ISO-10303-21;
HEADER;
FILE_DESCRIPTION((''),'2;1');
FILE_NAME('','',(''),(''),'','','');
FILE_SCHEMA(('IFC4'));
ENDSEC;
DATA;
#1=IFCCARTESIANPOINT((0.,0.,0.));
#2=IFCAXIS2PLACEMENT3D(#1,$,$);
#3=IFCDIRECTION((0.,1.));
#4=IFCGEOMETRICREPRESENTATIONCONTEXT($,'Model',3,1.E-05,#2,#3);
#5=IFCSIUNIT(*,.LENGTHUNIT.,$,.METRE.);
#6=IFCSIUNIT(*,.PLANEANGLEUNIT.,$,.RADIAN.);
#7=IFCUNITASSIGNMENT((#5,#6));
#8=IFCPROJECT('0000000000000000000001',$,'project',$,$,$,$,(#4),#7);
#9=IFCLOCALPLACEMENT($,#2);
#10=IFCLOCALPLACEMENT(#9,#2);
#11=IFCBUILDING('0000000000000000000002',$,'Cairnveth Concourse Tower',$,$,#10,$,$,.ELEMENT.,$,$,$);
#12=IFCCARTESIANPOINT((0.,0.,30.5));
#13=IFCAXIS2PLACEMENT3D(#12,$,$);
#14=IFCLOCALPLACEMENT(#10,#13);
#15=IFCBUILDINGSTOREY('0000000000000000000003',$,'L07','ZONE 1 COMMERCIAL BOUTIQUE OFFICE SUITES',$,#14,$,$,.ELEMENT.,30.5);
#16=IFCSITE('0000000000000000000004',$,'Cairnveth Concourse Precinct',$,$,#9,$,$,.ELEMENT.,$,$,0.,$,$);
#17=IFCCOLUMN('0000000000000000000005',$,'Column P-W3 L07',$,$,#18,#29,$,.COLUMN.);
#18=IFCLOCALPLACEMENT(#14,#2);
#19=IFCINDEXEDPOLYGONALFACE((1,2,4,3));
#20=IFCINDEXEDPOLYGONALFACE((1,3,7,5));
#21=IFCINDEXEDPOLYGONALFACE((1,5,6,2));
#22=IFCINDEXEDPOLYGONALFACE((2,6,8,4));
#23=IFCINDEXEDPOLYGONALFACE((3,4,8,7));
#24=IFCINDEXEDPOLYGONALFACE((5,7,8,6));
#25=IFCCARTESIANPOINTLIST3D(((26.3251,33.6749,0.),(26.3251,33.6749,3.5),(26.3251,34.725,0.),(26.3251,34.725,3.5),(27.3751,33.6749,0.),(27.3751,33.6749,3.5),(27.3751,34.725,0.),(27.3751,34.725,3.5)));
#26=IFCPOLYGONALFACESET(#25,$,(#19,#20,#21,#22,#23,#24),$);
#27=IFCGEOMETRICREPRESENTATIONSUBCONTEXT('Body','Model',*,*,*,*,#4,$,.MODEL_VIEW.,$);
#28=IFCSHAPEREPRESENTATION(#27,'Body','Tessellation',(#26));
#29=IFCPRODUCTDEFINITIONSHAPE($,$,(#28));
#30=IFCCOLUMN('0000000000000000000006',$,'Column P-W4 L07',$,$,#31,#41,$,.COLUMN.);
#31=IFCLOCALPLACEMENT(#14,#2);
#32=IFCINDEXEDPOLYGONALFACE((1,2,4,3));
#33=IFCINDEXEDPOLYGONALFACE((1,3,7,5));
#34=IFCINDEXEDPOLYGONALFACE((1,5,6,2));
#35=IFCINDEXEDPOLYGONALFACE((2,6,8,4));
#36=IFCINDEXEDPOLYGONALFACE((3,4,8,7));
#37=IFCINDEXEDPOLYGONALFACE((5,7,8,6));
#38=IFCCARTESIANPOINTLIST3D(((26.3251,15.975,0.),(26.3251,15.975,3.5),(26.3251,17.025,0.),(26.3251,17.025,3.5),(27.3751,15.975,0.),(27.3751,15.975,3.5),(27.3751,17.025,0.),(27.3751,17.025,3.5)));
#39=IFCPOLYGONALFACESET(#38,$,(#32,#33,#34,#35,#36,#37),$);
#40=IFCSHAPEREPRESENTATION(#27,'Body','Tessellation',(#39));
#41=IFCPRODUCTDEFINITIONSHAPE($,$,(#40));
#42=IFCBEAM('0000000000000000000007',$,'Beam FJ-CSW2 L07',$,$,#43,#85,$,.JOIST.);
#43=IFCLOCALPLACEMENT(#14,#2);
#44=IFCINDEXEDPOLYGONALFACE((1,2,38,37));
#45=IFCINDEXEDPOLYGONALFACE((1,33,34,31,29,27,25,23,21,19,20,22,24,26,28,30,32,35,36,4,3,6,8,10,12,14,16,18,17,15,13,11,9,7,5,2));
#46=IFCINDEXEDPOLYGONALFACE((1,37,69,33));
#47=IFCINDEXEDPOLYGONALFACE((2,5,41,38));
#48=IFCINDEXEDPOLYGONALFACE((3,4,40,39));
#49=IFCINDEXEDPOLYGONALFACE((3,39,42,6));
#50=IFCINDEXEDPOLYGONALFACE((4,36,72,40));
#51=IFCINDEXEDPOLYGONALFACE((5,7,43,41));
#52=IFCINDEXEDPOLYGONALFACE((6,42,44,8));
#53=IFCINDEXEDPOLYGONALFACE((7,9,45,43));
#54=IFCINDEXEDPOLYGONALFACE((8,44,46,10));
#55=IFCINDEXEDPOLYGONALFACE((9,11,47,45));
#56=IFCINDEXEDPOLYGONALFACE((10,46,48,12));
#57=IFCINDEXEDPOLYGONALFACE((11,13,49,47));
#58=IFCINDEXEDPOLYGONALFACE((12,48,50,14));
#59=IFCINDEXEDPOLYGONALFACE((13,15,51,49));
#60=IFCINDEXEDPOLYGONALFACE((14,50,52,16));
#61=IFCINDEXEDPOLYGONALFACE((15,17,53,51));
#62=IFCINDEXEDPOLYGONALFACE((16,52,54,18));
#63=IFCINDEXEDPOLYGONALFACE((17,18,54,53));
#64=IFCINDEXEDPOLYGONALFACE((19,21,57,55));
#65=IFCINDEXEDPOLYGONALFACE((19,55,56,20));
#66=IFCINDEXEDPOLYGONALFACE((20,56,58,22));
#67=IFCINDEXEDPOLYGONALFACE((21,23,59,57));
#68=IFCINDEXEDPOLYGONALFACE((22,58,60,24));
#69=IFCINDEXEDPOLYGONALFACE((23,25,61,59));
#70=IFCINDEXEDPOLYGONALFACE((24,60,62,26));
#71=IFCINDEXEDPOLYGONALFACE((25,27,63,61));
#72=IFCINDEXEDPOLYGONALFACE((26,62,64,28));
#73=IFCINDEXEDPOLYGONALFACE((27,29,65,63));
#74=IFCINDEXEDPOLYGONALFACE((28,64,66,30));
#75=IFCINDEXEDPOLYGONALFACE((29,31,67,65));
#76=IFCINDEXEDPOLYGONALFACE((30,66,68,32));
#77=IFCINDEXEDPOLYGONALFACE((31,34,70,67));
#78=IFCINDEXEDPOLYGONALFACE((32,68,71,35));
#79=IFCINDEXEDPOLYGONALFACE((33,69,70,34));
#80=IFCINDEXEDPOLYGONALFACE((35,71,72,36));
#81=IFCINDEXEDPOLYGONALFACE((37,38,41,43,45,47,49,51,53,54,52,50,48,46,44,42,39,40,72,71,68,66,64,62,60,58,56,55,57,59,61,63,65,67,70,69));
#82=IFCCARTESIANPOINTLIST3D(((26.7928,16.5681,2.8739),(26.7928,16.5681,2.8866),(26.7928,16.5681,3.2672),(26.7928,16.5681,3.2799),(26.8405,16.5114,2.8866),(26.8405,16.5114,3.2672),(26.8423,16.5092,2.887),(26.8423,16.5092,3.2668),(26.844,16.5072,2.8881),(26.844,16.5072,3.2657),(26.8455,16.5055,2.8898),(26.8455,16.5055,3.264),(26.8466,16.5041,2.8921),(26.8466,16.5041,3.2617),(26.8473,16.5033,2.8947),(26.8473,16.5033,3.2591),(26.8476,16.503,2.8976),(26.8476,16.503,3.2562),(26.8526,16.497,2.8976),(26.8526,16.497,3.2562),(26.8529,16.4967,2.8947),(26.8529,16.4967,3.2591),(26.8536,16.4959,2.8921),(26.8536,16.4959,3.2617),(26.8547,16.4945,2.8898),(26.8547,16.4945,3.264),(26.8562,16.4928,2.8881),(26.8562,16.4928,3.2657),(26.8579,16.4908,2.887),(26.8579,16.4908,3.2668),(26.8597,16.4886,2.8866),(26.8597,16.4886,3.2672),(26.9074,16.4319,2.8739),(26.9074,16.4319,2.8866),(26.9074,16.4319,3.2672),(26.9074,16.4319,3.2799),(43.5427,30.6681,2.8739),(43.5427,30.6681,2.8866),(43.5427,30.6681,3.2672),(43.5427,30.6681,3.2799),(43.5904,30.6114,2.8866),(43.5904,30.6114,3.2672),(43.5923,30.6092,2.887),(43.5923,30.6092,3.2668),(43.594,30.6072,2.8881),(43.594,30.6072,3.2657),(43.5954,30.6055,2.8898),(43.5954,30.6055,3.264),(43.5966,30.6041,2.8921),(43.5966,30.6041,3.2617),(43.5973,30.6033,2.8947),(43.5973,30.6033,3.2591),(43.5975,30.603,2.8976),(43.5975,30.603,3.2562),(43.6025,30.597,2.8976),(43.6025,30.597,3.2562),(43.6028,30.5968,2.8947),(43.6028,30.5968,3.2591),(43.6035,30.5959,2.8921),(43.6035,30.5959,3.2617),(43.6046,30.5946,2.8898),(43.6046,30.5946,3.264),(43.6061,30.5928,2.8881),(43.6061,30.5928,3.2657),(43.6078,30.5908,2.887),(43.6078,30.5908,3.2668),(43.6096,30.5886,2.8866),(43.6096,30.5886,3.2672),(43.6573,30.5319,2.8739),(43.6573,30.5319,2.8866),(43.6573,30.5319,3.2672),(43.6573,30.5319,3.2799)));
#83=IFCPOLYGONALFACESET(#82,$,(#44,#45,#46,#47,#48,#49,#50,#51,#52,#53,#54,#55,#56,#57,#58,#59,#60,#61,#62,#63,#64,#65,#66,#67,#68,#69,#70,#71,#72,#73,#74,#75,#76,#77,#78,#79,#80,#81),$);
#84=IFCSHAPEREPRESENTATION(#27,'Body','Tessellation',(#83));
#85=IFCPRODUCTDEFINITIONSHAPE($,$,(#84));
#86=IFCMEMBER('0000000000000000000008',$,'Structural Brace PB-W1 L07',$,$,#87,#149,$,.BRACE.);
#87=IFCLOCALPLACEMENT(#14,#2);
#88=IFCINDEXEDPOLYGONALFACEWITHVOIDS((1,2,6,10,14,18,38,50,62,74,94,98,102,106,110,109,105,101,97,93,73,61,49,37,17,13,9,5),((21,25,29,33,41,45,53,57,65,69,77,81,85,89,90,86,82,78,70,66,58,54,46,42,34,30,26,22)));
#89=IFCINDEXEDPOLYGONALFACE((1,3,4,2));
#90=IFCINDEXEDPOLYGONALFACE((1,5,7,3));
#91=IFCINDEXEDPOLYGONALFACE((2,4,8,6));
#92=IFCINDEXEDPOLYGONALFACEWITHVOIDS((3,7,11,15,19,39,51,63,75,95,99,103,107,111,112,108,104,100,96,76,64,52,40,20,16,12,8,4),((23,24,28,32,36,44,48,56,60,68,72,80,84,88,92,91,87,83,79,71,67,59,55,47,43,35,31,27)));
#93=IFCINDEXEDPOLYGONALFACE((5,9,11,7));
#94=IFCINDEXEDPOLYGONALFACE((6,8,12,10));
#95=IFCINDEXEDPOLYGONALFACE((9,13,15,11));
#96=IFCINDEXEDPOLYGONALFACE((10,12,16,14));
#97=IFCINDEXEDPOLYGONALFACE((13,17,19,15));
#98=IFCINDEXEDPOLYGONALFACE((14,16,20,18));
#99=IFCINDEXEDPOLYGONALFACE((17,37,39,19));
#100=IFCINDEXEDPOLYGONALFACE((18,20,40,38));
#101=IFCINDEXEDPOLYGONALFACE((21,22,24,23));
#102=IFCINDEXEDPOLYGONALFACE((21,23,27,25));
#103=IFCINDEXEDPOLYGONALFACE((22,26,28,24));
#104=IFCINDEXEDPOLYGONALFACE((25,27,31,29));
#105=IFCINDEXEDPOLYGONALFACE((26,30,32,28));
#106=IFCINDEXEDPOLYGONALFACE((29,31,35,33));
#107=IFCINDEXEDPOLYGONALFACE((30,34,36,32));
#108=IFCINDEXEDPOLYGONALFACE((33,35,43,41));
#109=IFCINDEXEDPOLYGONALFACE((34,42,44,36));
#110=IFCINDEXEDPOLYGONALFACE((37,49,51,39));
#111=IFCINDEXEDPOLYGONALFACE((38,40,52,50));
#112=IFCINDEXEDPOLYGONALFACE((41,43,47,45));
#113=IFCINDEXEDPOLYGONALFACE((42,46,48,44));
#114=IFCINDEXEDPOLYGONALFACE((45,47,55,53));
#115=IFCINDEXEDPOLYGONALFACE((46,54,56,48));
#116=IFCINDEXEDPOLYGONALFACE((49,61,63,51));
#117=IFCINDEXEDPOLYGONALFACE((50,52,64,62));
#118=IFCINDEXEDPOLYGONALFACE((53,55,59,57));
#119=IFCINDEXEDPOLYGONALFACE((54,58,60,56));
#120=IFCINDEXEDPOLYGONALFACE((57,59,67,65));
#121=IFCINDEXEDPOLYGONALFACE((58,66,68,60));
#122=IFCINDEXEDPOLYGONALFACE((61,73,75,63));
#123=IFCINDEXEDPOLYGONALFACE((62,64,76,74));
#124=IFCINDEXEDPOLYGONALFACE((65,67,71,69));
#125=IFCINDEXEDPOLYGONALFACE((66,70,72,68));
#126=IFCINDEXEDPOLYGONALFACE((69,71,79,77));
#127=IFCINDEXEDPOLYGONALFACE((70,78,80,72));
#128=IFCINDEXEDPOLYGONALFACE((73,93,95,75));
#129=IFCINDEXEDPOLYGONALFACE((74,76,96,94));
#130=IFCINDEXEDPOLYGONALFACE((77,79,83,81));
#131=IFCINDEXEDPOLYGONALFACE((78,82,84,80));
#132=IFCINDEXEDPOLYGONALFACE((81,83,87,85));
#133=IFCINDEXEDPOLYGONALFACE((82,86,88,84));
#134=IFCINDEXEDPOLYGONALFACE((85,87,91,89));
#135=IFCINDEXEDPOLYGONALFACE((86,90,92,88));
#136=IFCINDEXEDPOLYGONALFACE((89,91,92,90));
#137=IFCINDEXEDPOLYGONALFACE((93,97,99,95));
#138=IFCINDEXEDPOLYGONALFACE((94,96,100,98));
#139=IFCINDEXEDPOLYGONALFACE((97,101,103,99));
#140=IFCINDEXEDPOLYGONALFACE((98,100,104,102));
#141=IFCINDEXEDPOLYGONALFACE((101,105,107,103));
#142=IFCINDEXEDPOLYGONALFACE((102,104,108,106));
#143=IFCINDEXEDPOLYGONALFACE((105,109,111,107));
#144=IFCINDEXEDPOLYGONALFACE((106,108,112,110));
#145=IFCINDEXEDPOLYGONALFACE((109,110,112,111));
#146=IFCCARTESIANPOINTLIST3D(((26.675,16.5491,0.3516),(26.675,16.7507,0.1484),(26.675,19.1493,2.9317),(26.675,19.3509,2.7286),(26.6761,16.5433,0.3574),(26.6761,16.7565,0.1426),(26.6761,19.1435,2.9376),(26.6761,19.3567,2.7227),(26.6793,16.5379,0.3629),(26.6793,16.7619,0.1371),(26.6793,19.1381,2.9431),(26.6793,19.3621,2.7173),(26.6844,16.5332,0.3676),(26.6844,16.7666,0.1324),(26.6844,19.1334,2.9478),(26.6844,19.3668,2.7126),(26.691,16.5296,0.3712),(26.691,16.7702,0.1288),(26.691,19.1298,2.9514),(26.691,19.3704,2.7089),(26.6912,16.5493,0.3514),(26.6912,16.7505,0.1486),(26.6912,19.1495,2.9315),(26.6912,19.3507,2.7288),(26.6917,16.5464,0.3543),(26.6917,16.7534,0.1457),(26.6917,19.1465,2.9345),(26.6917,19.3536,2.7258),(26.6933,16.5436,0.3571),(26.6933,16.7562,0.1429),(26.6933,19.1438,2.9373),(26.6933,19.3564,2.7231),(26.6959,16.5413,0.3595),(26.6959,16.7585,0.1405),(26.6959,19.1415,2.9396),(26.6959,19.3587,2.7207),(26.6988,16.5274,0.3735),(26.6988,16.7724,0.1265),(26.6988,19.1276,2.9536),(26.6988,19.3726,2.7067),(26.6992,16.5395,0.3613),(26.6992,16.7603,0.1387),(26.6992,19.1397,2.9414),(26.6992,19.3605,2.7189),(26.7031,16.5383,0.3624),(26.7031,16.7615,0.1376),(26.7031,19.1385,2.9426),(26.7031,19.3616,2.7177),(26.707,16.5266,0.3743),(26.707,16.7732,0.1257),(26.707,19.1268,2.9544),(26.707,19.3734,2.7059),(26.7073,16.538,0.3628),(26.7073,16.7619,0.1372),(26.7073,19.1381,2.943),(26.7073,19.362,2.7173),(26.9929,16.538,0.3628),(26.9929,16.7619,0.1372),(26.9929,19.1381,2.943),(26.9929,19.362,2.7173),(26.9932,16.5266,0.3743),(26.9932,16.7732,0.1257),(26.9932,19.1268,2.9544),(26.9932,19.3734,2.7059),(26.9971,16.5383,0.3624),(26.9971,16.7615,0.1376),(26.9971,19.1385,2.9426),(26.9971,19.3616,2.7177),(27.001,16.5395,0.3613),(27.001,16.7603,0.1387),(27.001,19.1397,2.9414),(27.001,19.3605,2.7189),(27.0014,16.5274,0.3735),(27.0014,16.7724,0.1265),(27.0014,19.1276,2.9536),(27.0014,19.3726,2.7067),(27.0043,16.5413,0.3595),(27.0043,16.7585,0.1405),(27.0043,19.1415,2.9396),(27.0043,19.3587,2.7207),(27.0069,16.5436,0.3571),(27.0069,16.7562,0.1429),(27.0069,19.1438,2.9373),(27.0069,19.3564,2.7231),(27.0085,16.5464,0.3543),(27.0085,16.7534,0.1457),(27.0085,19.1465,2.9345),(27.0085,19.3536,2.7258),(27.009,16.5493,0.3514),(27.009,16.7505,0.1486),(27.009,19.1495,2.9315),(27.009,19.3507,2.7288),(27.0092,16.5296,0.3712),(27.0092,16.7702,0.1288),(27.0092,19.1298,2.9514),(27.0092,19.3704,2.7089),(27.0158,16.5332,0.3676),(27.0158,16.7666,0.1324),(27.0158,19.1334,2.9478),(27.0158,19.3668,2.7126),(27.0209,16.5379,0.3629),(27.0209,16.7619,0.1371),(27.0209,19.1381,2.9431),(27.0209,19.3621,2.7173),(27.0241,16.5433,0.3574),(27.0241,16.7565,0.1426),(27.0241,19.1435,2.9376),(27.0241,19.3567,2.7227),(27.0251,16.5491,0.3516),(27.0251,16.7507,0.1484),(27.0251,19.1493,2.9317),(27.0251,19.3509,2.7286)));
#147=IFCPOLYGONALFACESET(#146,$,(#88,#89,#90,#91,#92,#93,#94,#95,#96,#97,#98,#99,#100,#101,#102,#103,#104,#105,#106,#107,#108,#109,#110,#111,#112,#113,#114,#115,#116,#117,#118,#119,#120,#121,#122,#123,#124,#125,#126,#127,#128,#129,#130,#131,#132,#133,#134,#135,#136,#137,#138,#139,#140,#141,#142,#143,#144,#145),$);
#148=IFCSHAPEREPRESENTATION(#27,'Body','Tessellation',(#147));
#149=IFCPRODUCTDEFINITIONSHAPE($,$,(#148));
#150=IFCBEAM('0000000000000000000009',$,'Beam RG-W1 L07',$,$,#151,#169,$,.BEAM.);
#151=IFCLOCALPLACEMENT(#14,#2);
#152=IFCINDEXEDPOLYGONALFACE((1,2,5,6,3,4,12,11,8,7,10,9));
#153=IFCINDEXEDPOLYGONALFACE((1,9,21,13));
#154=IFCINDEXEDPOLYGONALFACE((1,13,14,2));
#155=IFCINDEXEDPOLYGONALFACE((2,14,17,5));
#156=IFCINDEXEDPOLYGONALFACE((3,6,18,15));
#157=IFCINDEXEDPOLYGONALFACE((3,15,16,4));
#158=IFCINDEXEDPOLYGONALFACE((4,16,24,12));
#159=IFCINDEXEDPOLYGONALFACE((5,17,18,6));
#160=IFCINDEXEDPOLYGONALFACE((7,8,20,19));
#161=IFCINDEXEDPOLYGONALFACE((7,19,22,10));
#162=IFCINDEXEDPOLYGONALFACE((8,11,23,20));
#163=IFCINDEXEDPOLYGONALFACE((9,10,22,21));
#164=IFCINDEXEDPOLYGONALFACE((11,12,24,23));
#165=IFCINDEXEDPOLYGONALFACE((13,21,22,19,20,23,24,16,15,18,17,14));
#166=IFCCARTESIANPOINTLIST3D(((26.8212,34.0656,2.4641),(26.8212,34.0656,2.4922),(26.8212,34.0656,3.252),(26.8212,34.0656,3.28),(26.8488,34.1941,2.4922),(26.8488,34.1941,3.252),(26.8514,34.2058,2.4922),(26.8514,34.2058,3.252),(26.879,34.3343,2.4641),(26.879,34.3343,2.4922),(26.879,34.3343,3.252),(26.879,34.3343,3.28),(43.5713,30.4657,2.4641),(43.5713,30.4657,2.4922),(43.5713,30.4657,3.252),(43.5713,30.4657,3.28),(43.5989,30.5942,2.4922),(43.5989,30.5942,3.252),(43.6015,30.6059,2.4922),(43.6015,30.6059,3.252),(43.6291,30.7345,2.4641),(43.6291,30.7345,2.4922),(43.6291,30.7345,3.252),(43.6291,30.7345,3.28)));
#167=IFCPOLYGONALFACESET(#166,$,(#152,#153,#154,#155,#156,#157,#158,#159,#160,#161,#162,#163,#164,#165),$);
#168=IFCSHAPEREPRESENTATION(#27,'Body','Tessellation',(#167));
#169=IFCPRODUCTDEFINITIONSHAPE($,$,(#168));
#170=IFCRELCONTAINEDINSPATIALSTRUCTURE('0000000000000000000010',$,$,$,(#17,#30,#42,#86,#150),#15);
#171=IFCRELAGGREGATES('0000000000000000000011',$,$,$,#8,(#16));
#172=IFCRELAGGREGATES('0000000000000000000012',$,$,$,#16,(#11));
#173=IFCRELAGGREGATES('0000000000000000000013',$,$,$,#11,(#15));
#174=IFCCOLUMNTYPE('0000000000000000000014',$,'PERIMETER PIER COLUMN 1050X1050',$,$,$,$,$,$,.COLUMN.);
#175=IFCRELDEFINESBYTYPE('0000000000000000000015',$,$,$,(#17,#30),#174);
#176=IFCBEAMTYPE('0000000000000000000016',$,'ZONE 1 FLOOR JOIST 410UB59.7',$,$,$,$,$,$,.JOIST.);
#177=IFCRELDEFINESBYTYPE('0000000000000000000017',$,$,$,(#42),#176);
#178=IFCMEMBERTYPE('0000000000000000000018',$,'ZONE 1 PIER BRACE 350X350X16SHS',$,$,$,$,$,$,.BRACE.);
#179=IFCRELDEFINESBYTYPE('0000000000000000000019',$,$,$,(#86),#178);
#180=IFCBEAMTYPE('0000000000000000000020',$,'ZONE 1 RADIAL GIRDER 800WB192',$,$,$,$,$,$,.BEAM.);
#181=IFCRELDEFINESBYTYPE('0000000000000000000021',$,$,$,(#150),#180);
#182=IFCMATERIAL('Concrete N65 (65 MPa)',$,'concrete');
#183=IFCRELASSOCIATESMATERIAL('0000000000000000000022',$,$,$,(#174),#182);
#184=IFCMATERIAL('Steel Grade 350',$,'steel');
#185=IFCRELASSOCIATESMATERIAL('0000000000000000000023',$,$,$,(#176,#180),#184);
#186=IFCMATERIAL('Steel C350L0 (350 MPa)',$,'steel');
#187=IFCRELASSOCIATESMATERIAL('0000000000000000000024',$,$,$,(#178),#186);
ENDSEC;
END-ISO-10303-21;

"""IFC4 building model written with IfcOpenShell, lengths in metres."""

from ifc_helpers import new_model, si_unit, direction, frame, origin, origin_2d, place, context, subcontext, project, spatial, rectangle, hollow_rectangle, i_section, extrude, material, material_profile, profile_set, type_object, element, save


model = new_model("IFC4")

# Units and contexts
model_context = context("Model", 3, precision=1e-05, world=origin(), true_north=direction((0.0, 1.0)))
body_context = subcontext(model_context, "Body", "Model", "MODEL_VIEW")
ifc_project = project(units=[si_unit("LENGTHUNIT", "METRE"), si_unit("PLANEANGLEUNIT", "RADIAN")], contexts=[model_context])

# Site, building, storey
site_placement = place(None, origin())
site = spatial("IfcSite", under=ifc_project, at=site_placement, Name="Cairnveth Concourse Precinct", CompositionType="ELEMENT", RefElevation=0.0)
building_placement = place(site_placement, origin())
building = spatial("IfcBuilding", under=site, at=building_placement, Name="Cairnveth Concourse Tower", CompositionType="ELEMENT")
storey_placement = place(building_placement, frame((0.0, 0.0, 30.5)))
storey = spatial("IfcBuildingStorey", under=building, at=storey_placement, Name="L07", Description="ZONE 1 COMMERCIAL BOUTIQUE OFFICE SUITES", CompositionType="ELEMENT", Elevation=30.5)

# Columns
ifc_material_1 = material(Name="Concrete N65 (65 MPa)", Category="concrete")
ifc_material_profile_1 = material_profile(ifc_material_1, rectangle(XDim=1.05, YDim=1.05, at=origin_2d()), Name="RC-COL-1050x1050")
ifc_profile_set_1 = profile_set([ifc_material_profile_1], Name="Concrete N65 (65 MPa)")
column_type = type_object("IfcColumnType", Name="PERIMETER PIER COLUMN 1050X1050", PredefinedType="COLUMN", material=ifc_profile_set_1)
for number, where, z_axis, x_axis, name in (
    (1, (26.8501, 34.2, 0.0), (0.0, 0.0, 1.0), (0.0, 1.0, 0.0), "Column P-W3 L07"),
    (2, (26.8501, 16.5, 0.0), (0.0, 0.0, 1.0), (0.0, 1.0, 0.0), "Column P-W4 L07"),
):
    element("IfcColumn", number, at=place(storey_placement, frame(where, z_axis=z_axis, x_axis=x_axis)), inside=storey, type_object=column_type, Name=name, PredefinedType="COLUMN", context=body_context, shape_type="SweptSolid", body=[
        extrude(rectangle(XDim=1.05, YDim=1.05, at=origin_2d()), origin(), (0.0, 0.0, 1.0), 3.5),
    ])

# Beam
ifc_material_2 = material(Name="Steel Grade 350", Category="steel")
ifc_material_profile_2 = material_profile(ifc_material_2, i_section(OverallWidth=0.178, OverallDepth=0.406, WebThickness=0.0078, FlangeThickness=0.0127, FilletRadius=0.011, at=origin_2d()), Name="410UB59.7")
ifc_profile_set_2 = profile_set([ifc_material_profile_2], Name="Steel Grade 350")
beam_type_1 = type_object("IfcBeamType", Name="ZONE 1 FLOOR JOIST 410UB59.7", PredefinedType="JOIST", material=ifc_profile_set_2)
beam_1_placement = place(storey_placement, frame((26.8501, 16.5, 3.0769), z_axis=(0.765027, 0.643998, 0.0), x_axis=(-0.643998, 0.765027, 0.0)))
element("IfcBeam", 3, at=beam_1_placement, inside=storey, type_object=beam_type_1, Name="Beam FJ-CSW2 L07", PredefinedType="JOIST", context=body_context, shape_type="SweptSolid", body=[
    extrude(i_section(OverallWidth=0.178, OverallDepth=0.406, WebThickness=0.0078, FlangeThickness=0.0127, FilletRadius=0.011, at=origin_2d()), origin(), (0.0, 0.0, 1.0), 21.8945),
])

# Member
ifc_material_3 = material(Name="Steel C350L0 (350 MPa)", Category="steel")
ifc_material_profile_3 = material_profile(ifc_material_3, hollow_rectangle(XDim=0.3501, YDim=0.3501, WallThickness=0.0161, InnerFilletRadius=0.0161, OuterFilletRadius=0.032, at=origin_2d()), Name="350x350x16.0SHS")
ifc_profile_set_3 = profile_set([ifc_material_profile_3], Name="Steel C350L0 (350 MPa)")
member_type = type_object("IfcMemberType", Name="ZONE 1 PIER BRACE 350X350X16SHS", PredefinedType="BRACE", material=ifc_profile_set_3)
member_placement = place(storey_placement, frame((26.8501, 16.6499, 0.25), z_axis=(0.0, 0.709834, 0.704369), x_axis=(-1.0, 0.0, 0.0)))
element("IfcMember", 4, at=member_placement, inside=storey, type_object=member_type, Name="Structural Brace PB-W1 L07", PredefinedType="BRACE", context=body_context, shape_type="SweptSolid", body=[
    extrude(hollow_rectangle(XDim=0.3501, YDim=0.3501, WallThickness=0.0161, InnerFilletRadius=0.0161, OuterFilletRadius=0.032, at=origin_2d()), origin(), (0.0, 0.0, 1.0), 3.6631),
])

# Beam
ifc_material_profile_4 = material_profile(ifc_material_2, i_section(OverallWidth=0.2749, OverallDepth=0.8159, WebThickness=0.012, FlangeThickness=0.0281, at=origin_2d()), Name="800WB192")
ifc_profile_set_4 = profile_set([ifc_material_profile_4], Name="Steel Grade 350")
beam_type_2 = type_object("IfcBeamType", Name="ZONE 1 RADIAL GIRDER 800WB192", PredefinedType="BEAM", material=ifc_profile_set_4)
beam_2_placement = place(storey_placement, frame((26.8501, 34.2, 2.8721), z_axis=(0.977676, -0.210119, 0.0), x_axis=(0.210119, 0.977676, 0.0)))
element("IfcBeam", 5, at=beam_2_placement, inside=storey, type_object=beam_type_2, Name="Beam RG-W1 L07", PredefinedType="BEAM", context=body_context, shape_type="SweptSolid", body=[
    extrude(i_section(OverallWidth=0.2749, OverallDepth=0.8159, WebThickness=0.012, FlangeThickness=0.0281, at=origin_2d()), origin(), (0.0, 0.0, 1.0), 17.1326),
])

save(model, "model.ifc")
